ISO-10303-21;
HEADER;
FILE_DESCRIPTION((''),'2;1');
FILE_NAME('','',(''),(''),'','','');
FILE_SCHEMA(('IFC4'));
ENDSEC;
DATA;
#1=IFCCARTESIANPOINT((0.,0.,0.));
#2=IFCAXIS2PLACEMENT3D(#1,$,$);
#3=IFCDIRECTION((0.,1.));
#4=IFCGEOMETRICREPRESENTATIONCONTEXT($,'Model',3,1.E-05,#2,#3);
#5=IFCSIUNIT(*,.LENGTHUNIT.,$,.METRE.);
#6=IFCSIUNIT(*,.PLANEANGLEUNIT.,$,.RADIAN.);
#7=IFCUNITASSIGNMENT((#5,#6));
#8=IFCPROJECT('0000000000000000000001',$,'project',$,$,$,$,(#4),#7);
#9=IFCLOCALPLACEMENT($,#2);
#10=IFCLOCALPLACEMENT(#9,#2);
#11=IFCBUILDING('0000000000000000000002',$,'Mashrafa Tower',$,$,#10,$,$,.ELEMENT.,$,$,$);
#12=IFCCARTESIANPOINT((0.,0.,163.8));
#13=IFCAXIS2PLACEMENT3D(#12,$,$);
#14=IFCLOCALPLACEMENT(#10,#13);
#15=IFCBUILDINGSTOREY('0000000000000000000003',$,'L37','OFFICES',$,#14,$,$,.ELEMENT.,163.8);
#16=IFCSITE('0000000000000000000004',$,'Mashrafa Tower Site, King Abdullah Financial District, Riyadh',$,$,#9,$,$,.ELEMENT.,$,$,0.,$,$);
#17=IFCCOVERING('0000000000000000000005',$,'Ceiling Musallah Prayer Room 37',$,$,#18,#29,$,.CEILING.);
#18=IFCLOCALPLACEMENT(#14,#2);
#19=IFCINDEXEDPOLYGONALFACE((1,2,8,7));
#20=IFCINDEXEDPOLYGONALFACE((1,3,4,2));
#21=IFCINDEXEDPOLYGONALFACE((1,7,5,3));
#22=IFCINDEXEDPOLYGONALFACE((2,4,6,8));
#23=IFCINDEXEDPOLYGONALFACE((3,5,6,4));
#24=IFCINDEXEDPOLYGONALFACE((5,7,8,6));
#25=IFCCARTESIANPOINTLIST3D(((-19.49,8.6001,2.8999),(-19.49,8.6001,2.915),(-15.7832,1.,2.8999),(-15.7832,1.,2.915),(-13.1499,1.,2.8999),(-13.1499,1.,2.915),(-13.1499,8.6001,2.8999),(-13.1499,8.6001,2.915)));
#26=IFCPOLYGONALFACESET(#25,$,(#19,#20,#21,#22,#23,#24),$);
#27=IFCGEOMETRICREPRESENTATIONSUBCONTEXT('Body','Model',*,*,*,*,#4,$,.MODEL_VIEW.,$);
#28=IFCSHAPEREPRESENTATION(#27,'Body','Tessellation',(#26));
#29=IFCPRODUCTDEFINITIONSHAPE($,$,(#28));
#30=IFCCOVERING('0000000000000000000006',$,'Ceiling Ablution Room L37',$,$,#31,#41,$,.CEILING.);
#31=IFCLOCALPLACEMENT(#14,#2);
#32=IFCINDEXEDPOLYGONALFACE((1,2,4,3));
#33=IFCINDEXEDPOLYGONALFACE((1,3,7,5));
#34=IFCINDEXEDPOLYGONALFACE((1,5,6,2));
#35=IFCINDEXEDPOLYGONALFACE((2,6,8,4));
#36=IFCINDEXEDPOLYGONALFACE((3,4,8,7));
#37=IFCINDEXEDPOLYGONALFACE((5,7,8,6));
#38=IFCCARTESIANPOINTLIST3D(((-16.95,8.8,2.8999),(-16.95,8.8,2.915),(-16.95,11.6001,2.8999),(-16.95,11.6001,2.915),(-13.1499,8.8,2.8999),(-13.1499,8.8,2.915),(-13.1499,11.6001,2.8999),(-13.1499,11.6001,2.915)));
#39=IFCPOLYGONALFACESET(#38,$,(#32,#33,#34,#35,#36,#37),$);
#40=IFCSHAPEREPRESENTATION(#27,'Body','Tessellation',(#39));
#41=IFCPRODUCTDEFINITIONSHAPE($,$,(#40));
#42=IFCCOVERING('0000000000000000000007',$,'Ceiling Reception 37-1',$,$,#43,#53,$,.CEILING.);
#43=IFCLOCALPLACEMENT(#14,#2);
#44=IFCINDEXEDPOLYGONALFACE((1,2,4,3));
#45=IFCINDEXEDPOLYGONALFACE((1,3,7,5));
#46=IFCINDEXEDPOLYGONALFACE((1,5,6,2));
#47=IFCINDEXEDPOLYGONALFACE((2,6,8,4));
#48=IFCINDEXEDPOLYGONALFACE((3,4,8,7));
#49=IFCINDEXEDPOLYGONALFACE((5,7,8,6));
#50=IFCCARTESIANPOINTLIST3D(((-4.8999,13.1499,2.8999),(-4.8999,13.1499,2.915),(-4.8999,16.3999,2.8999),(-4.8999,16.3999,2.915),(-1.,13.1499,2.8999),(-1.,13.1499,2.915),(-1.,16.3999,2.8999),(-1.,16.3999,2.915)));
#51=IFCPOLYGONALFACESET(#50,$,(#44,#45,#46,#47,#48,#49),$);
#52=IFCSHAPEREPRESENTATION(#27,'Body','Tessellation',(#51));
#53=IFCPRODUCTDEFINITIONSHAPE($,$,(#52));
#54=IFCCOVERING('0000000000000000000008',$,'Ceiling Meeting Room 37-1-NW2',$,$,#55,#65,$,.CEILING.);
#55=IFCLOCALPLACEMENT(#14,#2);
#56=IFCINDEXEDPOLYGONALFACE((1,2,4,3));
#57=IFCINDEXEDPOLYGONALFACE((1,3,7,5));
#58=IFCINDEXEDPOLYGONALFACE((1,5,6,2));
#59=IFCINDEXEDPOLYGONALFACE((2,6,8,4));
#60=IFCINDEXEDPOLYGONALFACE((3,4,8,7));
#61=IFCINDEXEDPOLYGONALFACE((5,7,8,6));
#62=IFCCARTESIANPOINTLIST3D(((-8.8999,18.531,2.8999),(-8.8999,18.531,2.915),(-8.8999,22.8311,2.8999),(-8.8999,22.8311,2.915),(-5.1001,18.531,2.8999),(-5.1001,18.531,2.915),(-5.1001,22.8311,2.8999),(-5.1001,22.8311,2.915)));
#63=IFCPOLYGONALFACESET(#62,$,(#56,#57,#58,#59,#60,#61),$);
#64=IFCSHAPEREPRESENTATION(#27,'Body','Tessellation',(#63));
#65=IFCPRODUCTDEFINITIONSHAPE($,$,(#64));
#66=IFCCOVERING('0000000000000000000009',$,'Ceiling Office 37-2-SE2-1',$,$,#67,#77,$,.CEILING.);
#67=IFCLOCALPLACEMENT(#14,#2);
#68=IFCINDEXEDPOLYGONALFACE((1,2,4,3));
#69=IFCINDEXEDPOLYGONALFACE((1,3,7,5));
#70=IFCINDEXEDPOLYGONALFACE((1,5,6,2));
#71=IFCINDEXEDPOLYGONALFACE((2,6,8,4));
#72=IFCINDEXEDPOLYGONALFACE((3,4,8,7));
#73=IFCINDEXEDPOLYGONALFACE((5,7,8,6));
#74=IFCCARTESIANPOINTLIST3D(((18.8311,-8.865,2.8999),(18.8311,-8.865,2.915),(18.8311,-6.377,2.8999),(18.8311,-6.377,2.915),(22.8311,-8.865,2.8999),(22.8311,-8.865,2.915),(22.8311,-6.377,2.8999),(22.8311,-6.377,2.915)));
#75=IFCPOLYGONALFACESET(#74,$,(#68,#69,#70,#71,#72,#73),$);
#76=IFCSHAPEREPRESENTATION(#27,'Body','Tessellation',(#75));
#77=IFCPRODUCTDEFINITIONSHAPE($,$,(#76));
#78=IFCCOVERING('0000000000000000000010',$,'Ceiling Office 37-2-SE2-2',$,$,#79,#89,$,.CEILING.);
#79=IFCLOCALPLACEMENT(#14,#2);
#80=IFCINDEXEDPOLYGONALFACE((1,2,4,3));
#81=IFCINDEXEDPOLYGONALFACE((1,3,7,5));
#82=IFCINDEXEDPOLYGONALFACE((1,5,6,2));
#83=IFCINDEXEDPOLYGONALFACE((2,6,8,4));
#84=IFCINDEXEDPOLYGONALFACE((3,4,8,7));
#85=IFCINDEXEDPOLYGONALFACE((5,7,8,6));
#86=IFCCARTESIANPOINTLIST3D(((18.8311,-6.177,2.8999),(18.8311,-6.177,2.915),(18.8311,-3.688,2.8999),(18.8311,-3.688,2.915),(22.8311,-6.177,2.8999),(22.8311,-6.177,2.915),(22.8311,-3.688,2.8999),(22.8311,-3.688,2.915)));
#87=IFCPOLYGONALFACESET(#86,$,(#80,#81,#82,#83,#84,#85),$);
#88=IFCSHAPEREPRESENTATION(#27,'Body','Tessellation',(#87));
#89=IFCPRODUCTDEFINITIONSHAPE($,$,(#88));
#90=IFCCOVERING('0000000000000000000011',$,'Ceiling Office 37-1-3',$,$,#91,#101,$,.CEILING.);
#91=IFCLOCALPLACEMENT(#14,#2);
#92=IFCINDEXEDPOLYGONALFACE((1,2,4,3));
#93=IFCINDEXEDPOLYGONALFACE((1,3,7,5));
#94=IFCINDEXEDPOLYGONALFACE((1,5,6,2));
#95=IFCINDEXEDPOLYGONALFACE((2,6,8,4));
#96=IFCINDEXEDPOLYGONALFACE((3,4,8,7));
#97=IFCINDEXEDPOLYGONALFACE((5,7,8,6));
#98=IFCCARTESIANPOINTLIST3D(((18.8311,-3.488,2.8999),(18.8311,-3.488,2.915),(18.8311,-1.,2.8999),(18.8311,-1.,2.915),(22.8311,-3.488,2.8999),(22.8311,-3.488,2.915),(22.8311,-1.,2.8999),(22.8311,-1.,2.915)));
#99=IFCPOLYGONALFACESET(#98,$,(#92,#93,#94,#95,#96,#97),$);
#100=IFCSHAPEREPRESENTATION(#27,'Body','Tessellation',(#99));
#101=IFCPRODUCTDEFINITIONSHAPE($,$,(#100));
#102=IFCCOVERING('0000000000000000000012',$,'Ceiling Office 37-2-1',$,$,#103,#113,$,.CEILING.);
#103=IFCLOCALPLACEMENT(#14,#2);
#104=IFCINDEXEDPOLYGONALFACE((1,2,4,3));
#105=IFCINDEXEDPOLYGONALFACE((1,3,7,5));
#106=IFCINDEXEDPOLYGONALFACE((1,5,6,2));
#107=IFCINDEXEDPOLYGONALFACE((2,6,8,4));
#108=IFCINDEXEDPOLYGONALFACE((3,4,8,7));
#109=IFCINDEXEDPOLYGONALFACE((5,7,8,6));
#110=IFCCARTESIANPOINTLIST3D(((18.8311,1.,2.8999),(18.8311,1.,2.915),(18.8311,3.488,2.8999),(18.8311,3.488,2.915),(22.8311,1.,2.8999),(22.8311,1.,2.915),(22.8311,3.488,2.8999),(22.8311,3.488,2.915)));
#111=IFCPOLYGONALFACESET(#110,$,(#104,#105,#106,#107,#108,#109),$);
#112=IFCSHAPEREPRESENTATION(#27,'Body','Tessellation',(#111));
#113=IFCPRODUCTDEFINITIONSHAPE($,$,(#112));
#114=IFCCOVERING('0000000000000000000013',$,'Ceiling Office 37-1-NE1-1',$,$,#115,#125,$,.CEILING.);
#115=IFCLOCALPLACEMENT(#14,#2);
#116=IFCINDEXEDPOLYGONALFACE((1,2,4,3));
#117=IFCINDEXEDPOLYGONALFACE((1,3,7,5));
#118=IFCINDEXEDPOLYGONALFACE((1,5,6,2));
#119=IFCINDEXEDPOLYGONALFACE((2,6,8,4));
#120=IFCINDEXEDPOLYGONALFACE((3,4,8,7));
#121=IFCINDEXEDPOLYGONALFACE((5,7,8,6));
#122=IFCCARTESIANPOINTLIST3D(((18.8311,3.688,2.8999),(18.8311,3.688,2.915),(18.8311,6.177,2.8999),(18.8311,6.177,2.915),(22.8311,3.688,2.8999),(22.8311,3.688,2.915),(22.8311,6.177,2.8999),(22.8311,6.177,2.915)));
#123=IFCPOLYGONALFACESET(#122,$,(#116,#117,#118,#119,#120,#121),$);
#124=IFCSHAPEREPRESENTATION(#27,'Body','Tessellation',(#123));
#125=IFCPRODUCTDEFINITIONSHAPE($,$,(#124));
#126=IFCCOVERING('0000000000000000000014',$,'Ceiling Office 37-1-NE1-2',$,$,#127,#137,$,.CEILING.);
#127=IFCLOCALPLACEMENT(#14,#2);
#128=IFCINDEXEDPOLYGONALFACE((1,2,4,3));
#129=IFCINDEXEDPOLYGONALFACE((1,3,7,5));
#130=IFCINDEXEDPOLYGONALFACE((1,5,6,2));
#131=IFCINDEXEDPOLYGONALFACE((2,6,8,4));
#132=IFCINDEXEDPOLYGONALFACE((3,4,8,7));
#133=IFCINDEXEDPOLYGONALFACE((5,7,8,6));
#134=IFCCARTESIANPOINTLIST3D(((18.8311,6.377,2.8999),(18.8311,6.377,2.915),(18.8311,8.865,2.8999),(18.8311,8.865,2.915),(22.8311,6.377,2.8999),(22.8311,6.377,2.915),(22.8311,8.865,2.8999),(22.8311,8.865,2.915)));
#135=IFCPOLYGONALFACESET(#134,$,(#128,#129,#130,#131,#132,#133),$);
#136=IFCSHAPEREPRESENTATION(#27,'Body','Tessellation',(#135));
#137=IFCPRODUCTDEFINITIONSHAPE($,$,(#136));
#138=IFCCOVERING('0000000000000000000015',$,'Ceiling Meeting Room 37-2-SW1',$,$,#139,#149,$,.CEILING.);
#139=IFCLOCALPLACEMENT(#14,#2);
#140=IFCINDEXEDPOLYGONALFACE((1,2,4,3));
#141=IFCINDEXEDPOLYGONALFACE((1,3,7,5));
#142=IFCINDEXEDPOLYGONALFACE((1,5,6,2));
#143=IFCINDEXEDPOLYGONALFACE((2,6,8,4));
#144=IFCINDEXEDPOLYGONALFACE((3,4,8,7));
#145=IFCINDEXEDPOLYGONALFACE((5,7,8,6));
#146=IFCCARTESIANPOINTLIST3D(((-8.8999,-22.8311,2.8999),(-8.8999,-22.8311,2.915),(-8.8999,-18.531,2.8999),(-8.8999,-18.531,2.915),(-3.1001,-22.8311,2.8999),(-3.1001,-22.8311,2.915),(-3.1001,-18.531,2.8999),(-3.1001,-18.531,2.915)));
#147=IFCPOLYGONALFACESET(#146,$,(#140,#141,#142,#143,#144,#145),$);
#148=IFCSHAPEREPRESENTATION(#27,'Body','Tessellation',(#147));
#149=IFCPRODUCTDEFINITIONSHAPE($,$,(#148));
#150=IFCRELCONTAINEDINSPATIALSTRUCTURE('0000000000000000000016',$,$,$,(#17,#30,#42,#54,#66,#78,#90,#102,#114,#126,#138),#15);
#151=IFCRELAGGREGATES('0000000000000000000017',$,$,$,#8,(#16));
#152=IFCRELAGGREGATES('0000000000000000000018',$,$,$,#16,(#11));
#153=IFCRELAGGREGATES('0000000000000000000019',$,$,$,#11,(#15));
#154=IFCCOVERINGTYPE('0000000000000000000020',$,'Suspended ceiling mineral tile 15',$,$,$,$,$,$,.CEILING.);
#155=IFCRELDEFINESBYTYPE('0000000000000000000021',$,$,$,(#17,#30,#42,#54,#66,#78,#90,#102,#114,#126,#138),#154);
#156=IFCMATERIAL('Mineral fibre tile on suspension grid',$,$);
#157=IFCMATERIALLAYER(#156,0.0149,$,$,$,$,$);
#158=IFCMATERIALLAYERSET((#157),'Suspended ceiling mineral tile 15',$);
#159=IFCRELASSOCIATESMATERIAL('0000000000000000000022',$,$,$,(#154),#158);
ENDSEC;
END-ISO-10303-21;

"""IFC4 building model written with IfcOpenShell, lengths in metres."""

from ifc_helpers import new_model, si_unit, direction, frame, origin, place, context, subcontext, project, spatial, polyline, outline, extrude, material, layer, layer_set, type_object, element, save


model = new_model("IFC4")

# Units and contexts
model_context = context("Model", 3, precision=1e-05, world=origin(), true_north=direction((0.0, 1.0)))
body_context = subcontext(model_context, "Body", "Model", "MODEL_VIEW")
ifc_project = project(units=[si_unit("LENGTHUNIT", "METRE"), si_unit("PLANEANGLEUNIT", "RADIAN")], contexts=[model_context])

# Site, building, storey
site_placement = place(None, origin())
site = spatial("IfcSite", under=ifc_project, at=site_placement, Name="Mashrafa Tower Site, King Abdullah Financial District, Riyadh", CompositionType="ELEMENT", RefElevation=0.0)
building_placement = place(site_placement, origin())
building = spatial("IfcBuilding", under=site, at=building_placement, Name="Mashrafa Tower", CompositionType="ELEMENT")
storey_placement = place(building_placement, frame((0.0, 0.0, 163.8)))
storey = spatial("IfcBuildingStorey", under=building, at=storey_placement, Name="L37", Description="OFFICES", CompositionType="ELEMENT", Elevation=163.8)

# Coverings
ifc_material_1 = material(Name="Mineral fibre tile on suspension grid")
ifc_layer_1 = layer(ifc_material_1, 0.0149)
ifc_layer_set_1 = layer_set([ifc_layer_1], Name="Suspended ceiling mineral tile 15")
covering_type_1 = type_object("IfcCoveringType", Name="Suspended ceiling mineral tile 15", PredefinedType="CEILING", material=ifc_layer_set_1)
covering_1_placement = place(storey_placement, frame((0.0, 0.0, 2.8999)))
element("IfcCovering", 1, at=covering_1_placement, inside=storey, type_object=covering_type_1, Name="Ceiling Musallah Prayer Room 37", PredefinedType="CEILING", context=body_context, shape_type="SweptSolid", body=[
    extrude(outline(polyline([(-15.7832, 1.0), (-19.49, 8.6001), (-13.1499, 8.6001), (-13.1499, 1.0), (-15.7832, 1.0)])), origin(), (0.0, 0.0, 1.0), 0.0151),
])
covering_2_placement = place(storey_placement, frame((0.0, 0.0, 2.8999)))
element("IfcCovering", 2, at=covering_2_placement, inside=storey, type_object=covering_type_1, Name="Ceiling Ablution Room L37", PredefinedType="CEILING", context=body_context, shape_type="SweptSolid", body=[
    extrude(outline(polyline([(-16.95, 8.8), (-16.95, 11.6001), (-13.1499, 11.6001), (-13.1499, 8.8), (-16.95, 8.8)])), origin(), (0.0, 0.0, 1.0), 0.0151),
])
covering_3_placement = place(storey_placement, frame((0.0, 0.0, 2.8999)))
element("IfcCovering", 3, at=covering_3_placement, inside=storey, type_object=covering_type_1, Name="Ceiling Reception 37-1", PredefinedType="CEILING", context=body_context, shape_type="SweptSolid", body=[
    extrude(outline(polyline([(-4.8999, 16.3999), (-1.0, 16.3999), (-1.0, 13.1499), (-4.8999, 13.1499), (-4.8999, 16.3999)])), origin(), (0.0, 0.0, 1.0), 0.0151),
])
covering_4_placement = place(storey_placement, frame((0.0, 0.0, 2.8999)))
element("IfcCovering", 4, at=covering_4_placement, inside=storey, type_object=covering_type_1, Name="Ceiling Meeting Room 37-1-NW2", PredefinedType="CEILING", context=body_context, shape_type="SweptSolid", body=[
    extrude(outline(polyline([(-8.8999, 22.8311), (-5.1001, 22.8311), (-5.1001, 18.531), (-8.8999, 18.531), (-8.8999, 22.8311)])), origin(), (0.0, 0.0, 1.0), 0.0151),
])
covering_5_placement = place(storey_placement, frame((0.0, 0.0, 2.8999)))
element("IfcCovering", 5, at=covering_5_placement, inside=storey, type_object=covering_type_1, Name="Ceiling Office 37-2-SE2-1", PredefinedType="CEILING", context=body_context, shape_type="SweptSolid", body=[
    extrude(outline(polyline([(18.8311, -6.377), (22.8311, -6.377), (22.8311, -8.865), (18.8311, -8.865), (18.8311, -6.377)])), origin(), (0.0, 0.0, 1.0), 0.0151),
])
covering_6_placement = place(storey_placement, frame((0.0, 0.0, 2.8999)))
element("IfcCovering", 6, at=covering_6_placement, inside=storey, type_object=covering_type_1, Name="Ceiling Office 37-2-SE2-2", PredefinedType="CEILING", context=body_context, shape_type="SweptSolid", body=[
    extrude(outline(polyline([(18.8311, -3.688), (22.8311, -3.688), (22.8311, -6.177), (18.8311, -6.177), (18.8311, -3.688)])), origin(), (0.0, 0.0, 1.0), 0.0151),
])
covering_7_placement = place(storey_placement, frame((0.0, 0.0, 2.8999)))
element("IfcCovering", 7, at=covering_7_placement, inside=storey, type_object=covering_type_1, Name="Ceiling Office 37-1-3", PredefinedType="CEILING", context=body_context, shape_type="SweptSolid", body=[
    extrude(outline(polyline([(18.8311, -1.0), (22.8311, -1.0), (22.8311, -3.488), (18.8311, -3.488), (18.8311, -1.0)])), origin(), (0.0, 0.0, 1.0), 0.0151),
])
covering_8_placement = place(storey_placement, frame((0.0, 0.0, 2.8999)))
element("IfcCovering", 8, at=covering_8_placement, inside=storey, type_object=covering_type_1, Name="Ceiling Office 37-2-1", PredefinedType="CEILING", context=body_context, shape_type="SweptSolid", body=[
    extrude(outline(polyline([(18.8311, 3.488), (22.8311, 3.488), (22.8311, 1.0), (18.8311, 1.0), (18.8311, 3.488)])), origin(), (0.0, 0.0, 1.0), 0.0151),
])
covering_9_placement = place(storey_placement, frame((0.0, 0.0, 2.8999)))
element("IfcCovering", 9, at=covering_9_placement, inside=storey, type_object=covering_type_1, Name="Ceiling Office 37-1-NE1-1", PredefinedType="CEILING", context=body_context, shape_type="SweptSolid", body=[
    extrude(outline(polyline([(18.8311, 6.177), (22.8311, 6.177), (22.8311, 3.688), (18.8311, 3.688), (18.8311, 6.177)])), origin(), (0.0, 0.0, 1.0), 0.0151),
])
covering_10_placement = place(storey_placement, frame((0.0, 0.0, 2.8999)))
element("IfcCovering", 10, at=covering_10_placement, inside=storey, type_object=covering_type_1, Name="Ceiling Office 37-1-NE1-2", PredefinedType="CEILING", context=body_context, shape_type="SweptSolid", body=[
    extrude(outline(polyline([(18.8311, 8.865), (22.8311, 8.865), (22.8311, 6.377), (18.8311, 6.377), (18.8311, 8.865)])), origin(), (0.0, 0.0, 1.0), 0.0151),
])
covering_11_placement = place(storey_placement, frame((0.0, 0.0, 2.8999)))
element("IfcCovering", 11, at=covering_11_placement, inside=storey, type_object=covering_type_1, Name="Ceiling Meeting Room 37-2-SW1", PredefinedType="CEILING", context=body_context, shape_type="SweptSolid", body=[
    extrude(outline(polyline([(-8.8999, -18.531), (-3.1001, -18.531), (-3.1001, -22.8311), (-8.8999, -22.8311), (-8.8999, -18.531)])), origin(), (0.0, 0.0, 1.0), 0.0151),
])

save(model, "model.ifc")
